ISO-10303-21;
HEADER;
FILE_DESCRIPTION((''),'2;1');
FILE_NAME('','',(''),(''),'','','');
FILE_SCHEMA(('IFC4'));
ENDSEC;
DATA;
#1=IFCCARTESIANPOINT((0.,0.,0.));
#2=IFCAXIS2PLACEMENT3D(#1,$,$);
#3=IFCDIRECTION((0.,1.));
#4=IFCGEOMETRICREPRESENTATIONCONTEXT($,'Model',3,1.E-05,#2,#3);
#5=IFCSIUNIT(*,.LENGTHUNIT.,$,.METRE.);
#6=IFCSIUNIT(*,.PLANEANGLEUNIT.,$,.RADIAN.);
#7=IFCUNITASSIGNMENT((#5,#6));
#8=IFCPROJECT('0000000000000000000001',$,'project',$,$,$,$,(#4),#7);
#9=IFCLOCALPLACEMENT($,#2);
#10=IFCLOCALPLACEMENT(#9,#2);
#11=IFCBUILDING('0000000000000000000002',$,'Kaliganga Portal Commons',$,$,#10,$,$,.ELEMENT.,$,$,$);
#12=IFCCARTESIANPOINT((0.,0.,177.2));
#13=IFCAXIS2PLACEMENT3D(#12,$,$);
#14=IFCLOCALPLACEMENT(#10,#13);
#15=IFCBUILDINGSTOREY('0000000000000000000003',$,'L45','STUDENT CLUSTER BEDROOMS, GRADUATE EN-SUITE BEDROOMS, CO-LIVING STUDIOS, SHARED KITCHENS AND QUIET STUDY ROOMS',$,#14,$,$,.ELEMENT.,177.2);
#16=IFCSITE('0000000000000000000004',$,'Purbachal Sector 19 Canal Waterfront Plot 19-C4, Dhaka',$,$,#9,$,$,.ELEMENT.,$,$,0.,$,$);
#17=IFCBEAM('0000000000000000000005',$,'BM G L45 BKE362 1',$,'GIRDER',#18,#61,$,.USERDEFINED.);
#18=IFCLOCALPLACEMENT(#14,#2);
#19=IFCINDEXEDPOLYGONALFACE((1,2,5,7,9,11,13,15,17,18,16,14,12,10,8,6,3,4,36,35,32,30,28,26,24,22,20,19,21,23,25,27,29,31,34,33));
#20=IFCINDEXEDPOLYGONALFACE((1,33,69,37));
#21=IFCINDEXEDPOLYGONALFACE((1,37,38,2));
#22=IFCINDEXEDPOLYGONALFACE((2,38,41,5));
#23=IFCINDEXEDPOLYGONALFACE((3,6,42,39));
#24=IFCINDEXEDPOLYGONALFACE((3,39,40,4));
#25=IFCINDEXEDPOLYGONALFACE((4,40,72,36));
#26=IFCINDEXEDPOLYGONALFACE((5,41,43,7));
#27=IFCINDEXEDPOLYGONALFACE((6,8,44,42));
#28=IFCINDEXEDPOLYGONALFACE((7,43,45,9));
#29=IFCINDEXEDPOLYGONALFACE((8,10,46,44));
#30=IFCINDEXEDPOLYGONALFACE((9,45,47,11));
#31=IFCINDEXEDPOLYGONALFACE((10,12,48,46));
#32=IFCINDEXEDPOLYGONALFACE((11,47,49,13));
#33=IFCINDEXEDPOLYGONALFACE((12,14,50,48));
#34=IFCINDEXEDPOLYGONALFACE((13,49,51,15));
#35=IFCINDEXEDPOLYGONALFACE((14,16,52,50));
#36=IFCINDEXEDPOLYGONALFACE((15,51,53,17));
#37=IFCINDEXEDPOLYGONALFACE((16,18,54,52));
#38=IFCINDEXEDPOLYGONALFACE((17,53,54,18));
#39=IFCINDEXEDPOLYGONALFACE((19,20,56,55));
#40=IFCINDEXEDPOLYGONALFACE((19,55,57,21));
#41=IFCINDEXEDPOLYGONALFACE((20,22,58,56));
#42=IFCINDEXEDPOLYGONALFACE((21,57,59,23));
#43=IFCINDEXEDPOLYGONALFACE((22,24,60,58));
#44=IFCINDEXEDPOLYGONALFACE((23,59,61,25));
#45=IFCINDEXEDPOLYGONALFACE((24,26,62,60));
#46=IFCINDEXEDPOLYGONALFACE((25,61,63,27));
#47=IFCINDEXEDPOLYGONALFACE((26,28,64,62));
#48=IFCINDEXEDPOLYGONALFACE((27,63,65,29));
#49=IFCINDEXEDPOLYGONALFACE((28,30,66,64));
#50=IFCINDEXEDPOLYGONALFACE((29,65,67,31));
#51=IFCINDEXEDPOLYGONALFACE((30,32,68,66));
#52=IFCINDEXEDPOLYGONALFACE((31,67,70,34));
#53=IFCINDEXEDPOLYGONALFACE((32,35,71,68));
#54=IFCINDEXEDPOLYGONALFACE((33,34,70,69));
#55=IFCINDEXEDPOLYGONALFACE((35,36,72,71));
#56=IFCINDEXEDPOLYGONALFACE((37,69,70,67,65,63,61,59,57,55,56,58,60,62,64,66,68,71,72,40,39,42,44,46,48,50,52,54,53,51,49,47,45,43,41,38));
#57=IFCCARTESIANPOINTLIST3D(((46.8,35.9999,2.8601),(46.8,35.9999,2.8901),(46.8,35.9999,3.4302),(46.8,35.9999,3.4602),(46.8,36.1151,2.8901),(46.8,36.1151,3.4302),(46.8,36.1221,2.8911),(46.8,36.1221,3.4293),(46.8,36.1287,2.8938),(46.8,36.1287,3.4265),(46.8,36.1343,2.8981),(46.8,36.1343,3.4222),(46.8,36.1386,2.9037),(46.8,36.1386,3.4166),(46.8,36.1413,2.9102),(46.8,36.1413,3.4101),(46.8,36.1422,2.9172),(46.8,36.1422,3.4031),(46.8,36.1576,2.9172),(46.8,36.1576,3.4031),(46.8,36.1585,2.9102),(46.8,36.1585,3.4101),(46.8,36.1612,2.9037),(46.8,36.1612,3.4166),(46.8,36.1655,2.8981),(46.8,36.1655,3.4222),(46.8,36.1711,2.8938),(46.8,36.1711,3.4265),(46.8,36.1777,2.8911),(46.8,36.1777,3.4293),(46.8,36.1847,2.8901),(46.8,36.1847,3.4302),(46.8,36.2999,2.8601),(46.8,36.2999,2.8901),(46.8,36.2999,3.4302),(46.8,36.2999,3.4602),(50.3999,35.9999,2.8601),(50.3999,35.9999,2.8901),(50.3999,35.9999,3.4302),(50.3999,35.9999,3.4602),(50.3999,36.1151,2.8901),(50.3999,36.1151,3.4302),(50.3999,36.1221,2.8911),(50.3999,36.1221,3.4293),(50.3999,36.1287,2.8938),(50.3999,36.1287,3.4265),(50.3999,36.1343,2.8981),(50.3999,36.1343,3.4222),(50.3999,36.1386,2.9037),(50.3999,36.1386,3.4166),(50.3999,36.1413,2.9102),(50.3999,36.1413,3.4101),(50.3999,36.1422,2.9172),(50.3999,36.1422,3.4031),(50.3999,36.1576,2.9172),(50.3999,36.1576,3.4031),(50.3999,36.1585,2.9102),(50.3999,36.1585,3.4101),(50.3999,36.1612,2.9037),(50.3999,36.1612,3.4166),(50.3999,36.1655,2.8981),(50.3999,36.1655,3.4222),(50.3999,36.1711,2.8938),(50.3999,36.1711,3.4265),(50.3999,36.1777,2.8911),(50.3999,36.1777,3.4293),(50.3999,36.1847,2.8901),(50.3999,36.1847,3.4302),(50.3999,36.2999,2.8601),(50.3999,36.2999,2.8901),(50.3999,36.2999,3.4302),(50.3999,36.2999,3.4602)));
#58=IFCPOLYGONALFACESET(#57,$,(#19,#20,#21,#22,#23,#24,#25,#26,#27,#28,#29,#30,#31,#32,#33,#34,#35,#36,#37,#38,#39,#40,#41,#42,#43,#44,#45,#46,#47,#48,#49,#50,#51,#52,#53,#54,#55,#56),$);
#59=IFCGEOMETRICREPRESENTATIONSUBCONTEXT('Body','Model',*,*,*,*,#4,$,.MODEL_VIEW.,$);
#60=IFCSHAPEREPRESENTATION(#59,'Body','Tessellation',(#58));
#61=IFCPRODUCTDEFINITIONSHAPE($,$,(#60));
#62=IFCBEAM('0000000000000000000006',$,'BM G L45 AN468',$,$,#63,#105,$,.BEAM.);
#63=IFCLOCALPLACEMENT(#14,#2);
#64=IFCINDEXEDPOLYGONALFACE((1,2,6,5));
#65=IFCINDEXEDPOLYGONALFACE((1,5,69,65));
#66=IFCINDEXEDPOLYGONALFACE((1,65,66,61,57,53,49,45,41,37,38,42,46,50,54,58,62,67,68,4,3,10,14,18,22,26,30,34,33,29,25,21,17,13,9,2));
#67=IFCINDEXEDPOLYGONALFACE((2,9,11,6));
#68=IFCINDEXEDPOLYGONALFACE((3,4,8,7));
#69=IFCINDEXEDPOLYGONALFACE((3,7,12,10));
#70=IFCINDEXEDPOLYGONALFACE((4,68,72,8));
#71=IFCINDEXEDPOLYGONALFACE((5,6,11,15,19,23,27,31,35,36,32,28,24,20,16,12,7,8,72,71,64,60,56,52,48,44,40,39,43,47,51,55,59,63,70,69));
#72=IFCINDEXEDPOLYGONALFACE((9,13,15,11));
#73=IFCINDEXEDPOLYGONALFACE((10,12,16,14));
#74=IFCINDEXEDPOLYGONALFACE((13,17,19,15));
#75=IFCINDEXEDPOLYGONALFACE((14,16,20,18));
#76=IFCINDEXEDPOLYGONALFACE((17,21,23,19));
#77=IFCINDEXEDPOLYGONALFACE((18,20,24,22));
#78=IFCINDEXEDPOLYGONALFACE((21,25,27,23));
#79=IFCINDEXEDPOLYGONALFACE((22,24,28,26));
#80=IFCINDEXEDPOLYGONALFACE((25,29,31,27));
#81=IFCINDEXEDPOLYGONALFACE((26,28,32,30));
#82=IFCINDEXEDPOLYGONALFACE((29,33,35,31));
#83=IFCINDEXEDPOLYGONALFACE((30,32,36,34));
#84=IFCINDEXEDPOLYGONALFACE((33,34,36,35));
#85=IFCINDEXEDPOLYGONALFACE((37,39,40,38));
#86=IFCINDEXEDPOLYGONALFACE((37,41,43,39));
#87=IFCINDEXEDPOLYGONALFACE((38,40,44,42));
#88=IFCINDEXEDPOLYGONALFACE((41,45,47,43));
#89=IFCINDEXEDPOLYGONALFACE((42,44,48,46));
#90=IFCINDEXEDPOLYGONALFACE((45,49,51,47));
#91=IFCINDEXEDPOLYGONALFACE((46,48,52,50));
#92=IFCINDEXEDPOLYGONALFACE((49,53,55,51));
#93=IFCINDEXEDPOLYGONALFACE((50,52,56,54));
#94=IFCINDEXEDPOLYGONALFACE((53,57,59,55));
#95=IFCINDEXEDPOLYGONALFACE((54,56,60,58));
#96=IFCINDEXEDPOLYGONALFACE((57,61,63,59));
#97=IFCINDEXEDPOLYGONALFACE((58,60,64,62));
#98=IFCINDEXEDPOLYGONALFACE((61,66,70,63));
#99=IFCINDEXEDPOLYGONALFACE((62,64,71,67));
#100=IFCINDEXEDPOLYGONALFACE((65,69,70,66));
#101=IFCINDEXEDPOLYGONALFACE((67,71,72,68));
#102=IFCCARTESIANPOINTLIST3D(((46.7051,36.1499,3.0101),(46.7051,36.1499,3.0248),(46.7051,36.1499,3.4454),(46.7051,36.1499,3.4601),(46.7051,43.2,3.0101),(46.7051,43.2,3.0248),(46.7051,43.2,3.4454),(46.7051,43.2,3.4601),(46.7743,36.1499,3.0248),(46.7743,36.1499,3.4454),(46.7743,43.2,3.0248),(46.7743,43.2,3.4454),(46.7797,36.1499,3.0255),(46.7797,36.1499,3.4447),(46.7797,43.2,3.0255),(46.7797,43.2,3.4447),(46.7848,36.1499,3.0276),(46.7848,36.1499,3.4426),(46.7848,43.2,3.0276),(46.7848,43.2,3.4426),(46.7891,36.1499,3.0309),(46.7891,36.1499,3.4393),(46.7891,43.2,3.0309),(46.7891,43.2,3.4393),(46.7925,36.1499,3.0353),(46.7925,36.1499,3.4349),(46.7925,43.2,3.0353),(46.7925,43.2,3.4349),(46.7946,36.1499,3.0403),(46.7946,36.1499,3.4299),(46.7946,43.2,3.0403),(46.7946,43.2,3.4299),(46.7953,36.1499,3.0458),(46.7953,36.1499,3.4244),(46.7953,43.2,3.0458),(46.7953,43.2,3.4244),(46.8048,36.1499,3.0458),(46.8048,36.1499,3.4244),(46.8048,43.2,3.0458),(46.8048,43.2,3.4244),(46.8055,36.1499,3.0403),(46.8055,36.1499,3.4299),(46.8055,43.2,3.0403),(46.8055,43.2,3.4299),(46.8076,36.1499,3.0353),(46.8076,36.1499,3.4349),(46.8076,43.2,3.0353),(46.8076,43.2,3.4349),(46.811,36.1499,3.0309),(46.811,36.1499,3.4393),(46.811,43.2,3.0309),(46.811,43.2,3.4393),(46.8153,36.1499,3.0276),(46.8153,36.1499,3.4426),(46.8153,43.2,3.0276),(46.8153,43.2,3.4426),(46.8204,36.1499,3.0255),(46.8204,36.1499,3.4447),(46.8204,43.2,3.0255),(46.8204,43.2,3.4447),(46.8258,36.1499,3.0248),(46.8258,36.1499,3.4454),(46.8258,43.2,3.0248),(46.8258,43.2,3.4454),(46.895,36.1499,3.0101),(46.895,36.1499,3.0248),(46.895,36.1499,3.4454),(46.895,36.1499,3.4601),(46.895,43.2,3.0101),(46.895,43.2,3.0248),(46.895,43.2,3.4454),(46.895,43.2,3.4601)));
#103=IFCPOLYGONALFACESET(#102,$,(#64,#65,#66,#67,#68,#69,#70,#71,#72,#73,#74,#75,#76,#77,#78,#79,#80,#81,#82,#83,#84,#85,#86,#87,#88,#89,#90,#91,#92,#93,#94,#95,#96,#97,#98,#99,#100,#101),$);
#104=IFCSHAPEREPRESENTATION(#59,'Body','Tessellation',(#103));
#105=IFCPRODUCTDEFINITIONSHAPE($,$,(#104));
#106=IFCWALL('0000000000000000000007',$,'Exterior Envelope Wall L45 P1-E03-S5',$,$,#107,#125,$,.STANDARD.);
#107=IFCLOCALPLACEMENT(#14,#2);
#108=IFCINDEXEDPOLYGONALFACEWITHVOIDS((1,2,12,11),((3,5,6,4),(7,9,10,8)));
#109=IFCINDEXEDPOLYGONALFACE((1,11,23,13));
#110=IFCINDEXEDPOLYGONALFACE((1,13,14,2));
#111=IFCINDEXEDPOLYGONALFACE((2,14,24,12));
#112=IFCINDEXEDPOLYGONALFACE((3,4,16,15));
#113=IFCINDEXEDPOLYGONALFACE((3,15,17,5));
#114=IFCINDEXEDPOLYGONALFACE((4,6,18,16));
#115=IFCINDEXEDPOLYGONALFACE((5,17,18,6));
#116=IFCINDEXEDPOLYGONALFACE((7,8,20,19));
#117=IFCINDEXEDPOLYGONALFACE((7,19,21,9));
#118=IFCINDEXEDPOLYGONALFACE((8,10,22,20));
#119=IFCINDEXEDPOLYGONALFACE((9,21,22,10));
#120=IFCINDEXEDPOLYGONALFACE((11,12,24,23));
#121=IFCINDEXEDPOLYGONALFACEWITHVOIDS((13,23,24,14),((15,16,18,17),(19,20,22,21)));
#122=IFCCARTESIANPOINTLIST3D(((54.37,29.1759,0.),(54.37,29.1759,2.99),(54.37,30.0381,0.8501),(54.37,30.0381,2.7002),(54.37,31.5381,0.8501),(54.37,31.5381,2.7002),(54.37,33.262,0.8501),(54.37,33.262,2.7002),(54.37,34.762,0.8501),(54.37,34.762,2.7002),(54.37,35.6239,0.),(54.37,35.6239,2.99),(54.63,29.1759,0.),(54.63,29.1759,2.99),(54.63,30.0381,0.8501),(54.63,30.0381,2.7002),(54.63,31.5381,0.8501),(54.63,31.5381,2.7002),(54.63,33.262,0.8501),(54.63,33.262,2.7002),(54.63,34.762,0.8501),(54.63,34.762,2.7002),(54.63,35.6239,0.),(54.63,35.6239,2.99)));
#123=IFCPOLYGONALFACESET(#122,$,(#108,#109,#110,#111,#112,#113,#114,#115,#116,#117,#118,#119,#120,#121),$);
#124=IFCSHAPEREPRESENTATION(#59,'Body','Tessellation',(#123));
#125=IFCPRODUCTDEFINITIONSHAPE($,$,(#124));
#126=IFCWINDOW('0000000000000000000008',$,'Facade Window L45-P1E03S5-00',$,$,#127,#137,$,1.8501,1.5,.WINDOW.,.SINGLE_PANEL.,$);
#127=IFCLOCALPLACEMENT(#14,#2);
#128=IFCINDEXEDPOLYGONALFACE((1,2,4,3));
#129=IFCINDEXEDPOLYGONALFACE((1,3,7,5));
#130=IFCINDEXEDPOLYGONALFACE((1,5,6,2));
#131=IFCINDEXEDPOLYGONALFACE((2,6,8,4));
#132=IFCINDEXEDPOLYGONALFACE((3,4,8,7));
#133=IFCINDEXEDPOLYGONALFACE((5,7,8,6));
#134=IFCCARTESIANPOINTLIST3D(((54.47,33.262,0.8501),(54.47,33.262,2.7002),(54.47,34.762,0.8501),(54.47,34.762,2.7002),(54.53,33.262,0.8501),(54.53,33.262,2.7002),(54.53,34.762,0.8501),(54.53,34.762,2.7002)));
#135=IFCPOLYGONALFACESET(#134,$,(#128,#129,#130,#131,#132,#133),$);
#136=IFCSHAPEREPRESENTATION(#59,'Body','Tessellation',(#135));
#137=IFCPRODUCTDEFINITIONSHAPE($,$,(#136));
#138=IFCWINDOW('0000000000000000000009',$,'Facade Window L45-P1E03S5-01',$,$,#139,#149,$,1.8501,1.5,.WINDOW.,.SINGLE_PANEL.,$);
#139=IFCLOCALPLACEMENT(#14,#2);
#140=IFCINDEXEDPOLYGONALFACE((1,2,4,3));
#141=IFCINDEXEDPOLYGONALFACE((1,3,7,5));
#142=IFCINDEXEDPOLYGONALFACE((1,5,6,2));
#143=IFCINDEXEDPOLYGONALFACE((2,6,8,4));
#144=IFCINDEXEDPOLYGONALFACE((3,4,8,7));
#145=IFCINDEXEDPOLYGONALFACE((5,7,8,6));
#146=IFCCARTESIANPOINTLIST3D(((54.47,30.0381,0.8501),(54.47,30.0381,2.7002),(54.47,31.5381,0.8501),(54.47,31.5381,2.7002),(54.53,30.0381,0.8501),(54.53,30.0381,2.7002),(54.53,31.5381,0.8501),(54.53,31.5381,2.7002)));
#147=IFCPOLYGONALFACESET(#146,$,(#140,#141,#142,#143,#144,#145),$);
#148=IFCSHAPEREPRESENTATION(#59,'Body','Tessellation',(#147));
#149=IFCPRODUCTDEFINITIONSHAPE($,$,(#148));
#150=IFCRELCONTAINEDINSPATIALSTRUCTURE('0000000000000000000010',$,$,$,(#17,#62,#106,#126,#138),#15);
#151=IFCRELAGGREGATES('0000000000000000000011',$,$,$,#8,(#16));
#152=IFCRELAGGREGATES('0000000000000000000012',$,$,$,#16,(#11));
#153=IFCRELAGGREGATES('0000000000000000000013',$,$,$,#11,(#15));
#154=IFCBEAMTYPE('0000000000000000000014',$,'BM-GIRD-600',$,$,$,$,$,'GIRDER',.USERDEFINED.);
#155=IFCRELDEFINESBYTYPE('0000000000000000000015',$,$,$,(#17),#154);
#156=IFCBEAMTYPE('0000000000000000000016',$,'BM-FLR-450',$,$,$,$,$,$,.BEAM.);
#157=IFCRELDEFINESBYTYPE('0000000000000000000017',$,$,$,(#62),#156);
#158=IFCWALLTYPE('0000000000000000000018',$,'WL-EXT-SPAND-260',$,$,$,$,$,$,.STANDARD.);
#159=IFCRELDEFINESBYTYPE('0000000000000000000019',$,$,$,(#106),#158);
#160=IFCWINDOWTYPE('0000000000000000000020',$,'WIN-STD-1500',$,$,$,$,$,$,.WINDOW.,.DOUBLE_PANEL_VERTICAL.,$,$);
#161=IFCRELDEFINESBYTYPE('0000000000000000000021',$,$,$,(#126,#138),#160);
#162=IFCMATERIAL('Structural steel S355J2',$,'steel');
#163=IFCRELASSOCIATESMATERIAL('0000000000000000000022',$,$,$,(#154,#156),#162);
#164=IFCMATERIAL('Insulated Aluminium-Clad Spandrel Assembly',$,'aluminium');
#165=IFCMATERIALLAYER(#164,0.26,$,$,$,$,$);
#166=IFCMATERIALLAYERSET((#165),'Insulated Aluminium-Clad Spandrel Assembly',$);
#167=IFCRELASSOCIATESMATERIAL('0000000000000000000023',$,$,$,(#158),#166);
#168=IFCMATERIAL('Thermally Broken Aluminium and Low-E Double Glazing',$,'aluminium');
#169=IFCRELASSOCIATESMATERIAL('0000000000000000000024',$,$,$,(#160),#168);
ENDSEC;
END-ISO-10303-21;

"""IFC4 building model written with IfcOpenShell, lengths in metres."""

from ifc_helpers import new_model, si_unit, direction, frame, frame_2d, origin, origin_2d, place, context, subcontext, project, spatial, rectangle, i_section, extrude, source, transform, mapped, material, layer, layer_set, material_profile, profile_set, type_object, element, fill, save


model = new_model("IFC4")

# Units and contexts
model_context = context("Model", 3, precision=1e-05, world=origin(), true_north=direction((0.0, 1.0)))
body_context = subcontext(model_context, "Body", "Model", "MODEL_VIEW")
ifc_project = project(units=[si_unit("LENGTHUNIT", "METRE"), si_unit("PLANEANGLEUNIT", "RADIAN")], contexts=[model_context])

# Site, building, storey
site_placement = place(None, origin())
site = spatial("IfcSite", under=ifc_project, at=site_placement, Name="Purbachal Sector 19 Canal Waterfront Plot 19-C4, Dhaka", CompositionType="ELEMENT", RefElevation=0.0)
building_placement = place(site_placement, origin())
building = spatial("IfcBuilding", under=site, at=building_placement, Name="Kaliganga Portal Commons", CompositionType="ELEMENT")
storey_placement = place(building_placement, frame((0.0, 0.0, 177.2)))
storey = spatial("IfcBuildingStorey", under=building, at=storey_placement, Name="L45", Description="STUDENT CLUSTER BEDROOMS, GRADUATE EN-SUITE BEDROOMS, CO-LIVING STUDIOS, SHARED KITCHENS AND QUIET STUDY ROOMS", CompositionType="ELEMENT", Elevation=177.2)

# Beams
ifc_material_1 = material(Name="Structural steel S355J2", Category="steel")
ifc_material_profile_1 = material_profile(ifc_material_1, i_section(OverallWidth=0.3, OverallDepth=0.6001, WebThickness=0.0154, FlangeThickness=0.03, FilletRadius=0.0271, at=origin_2d()), Name="HE 600 B")
ifc_profile_set_1 = profile_set([ifc_material_profile_1], Name="Structural steel S355J2 wide-flange")
beam_type_1 = type_object("IfcBeamType", Name="BM-GIRD-600", ElementType="GIRDER", PredefinedType="USERDEFINED", material=ifc_profile_set_1)
shared_shape_1 = source(origin(), body_context, "Body", "SweptSolid", [
    extrude(i_section(OverallWidth=0.3, OverallDepth=0.6001, WebThickness=0.0154, FlangeThickness=0.03, FilletRadius=0.0271, at=origin_2d()), origin(), (0.0, 0.0, 1.0), 3.5999),
])
beam_1_placement = place(storey_placement, frame((46.8, 36.1499, 3.1602), z_axis=(1.0, 0.0, 0.0), x_axis=(0.0, 1.0, 0.0)))
element("IfcBeam", 1, at=beam_1_placement, inside=storey, type_object=beam_type_1, Name="BM G L45 BKE362 1", ObjectType="GIRDER", PredefinedType="USERDEFINED", context=body_context, shape_type="MappedRepresentation", body=[
    mapped(shared_shape_1, transform((0.0, 0.0, 0.0), x_axis=(1.0, 0.0, 0.0), y_axis=(0.0, 1.0, 0.0), z_axis=(0.0, 0.0, 1.0), scale=1.0)),
])
ifc_material_profile_2 = material_profile(ifc_material_1, i_section(OverallWidth=0.1899, OverallDepth=0.45, WebThickness=0.0095, FlangeThickness=0.0146, FilletRadius=0.021, at=origin_2d()), Name="IPE 450")
ifc_profile_set_2 = profile_set([ifc_material_profile_2], Name="Structural steel S355J2 wide-flange")
beam_type_2 = type_object("IfcBeamType", Name="BM-FLR-450", PredefinedType="BEAM", material=ifc_profile_set_2)
shared_shape_2 = source(origin(), body_context, "Body", "SweptSolid", [
    extrude(i_section(OverallWidth=0.1899, OverallDepth=0.45, WebThickness=0.0095, FlangeThickness=0.0146, FilletRadius=0.021, at=origin_2d()), origin(), (0.0, 0.0, 1.0), 7.05),
])
beam_2_placement = place(storey_placement, frame((46.8, 36.1499, 3.2351), z_axis=(0.0, 1.0, 0.0), x_axis=(-1.0, 0.0, 0.0)))
element("IfcBeam", 2, at=beam_2_placement, inside=storey, type_object=beam_type_2, Name="BM G L45 AN468", PredefinedType="BEAM", context=body_context, shape_type="MappedRepresentation", body=[
    mapped(shared_shape_2, transform((0.0, 0.0, 0.0), x_axis=(1.0, 0.0, 0.0), y_axis=(0.0, 1.0, 0.0), z_axis=(0.0, 0.0, 1.0), scale=1.0)),
])

# Wall, openings, windows
ifc_material_2 = material(Name="Insulated Aluminium-Clad Spandrel Assembly", Category="aluminium")
ifc_layer_1 = layer(ifc_material_2, 0.26)
ifc_layer_set_1 = layer_set([ifc_layer_1], Name="Insulated Aluminium-Clad Spandrel Assembly")
wall_type_1 = type_object("IfcWallType", Name="WL-EXT-SPAND-260", PredefinedType="STANDARD", material=ifc_layer_set_1)
wall_1_placement = place(storey_placement, frame((54.5, 35.624, 0.0), z_axis=(0.0, 0.0, 1.0), x_axis=(0.0, -1.0, 0.0)))
wall_1 = element("IfcWall", 3, at=wall_1_placement, inside=storey, type_object=wall_type_1, Name="Exterior Envelope Wall L45 P1-E03-S5", PredefinedType="STANDARD", context=body_context, shape_type="SweptSolid", body=[
    extrude(rectangle(XDim=6.448, YDim=0.26, at=frame_2d((3.2241, 0.0))), origin(), (0.0, 0.0, 1.0), 2.99),
])
opening_1_placement = place(wall_1_placement, frame((0.8621, 0.0, 0.8501)))
opening_1 = element("IfcOpeningElement", 4, at=opening_1_placement, cuts=wall_1, PredefinedType="OPENING", context=body_context, shape_type="SweptSolid", body=[
    extrude(rectangle(XDim=1.5, YDim=1.8501, at=frame_2d((0.75, 0.925))), frame((0.0, 0.1401, 0.0), z_axis=(0.0, -1.0, 0.0), x_axis=(1.0, 0.0, 0.0)), (0.0, 0.0, 1.0), 0.28),
])
opening_2_placement = place(wall_1_placement, frame((4.0859, 0.0, 0.8501)))
opening_2 = element("IfcOpeningElement", 5, at=opening_2_placement, cuts=wall_1, PredefinedType="OPENING", context=body_context, shape_type="SweptSolid", body=[
    extrude(rectangle(XDim=1.5, YDim=1.8501, at=frame_2d((0.75, 0.925))), frame((0.0, 0.1401, 0.0), z_axis=(0.0, -1.0, 0.0), x_axis=(1.0, 0.0, 0.0)), (0.0, 0.0, 1.0), 0.28),
])
ifc_material_3 = material(Name="Thermally Broken Aluminium and Low-E Double Glazing", Category="aluminium")
window_type = type_object("IfcWindowType", Name="WIN-STD-1500", PartitioningType="DOUBLE_PANEL_VERTICAL", PredefinedType="WINDOW", material=ifc_material_3)
window_1_placement = place(opening_1_placement, origin())
window_1 = element("IfcWindow", 6, at=window_1_placement, inside=storey, type_object=window_type, Name="Facade Window L45-P1E03S5-00", OverallHeight=1.8501, OverallWidth=1.5, PartitioningType="SINGLE_PANEL", PredefinedType="WINDOW", context=body_context, shape_type="SweptSolid", body=[
    extrude(rectangle(XDim=1.5, YDim=1.8501, at=frame_2d((0.75, 0.925))), frame((0.0, 0.03, 0.0), z_axis=(0.0, -1.0, 0.0), x_axis=(1.0, 0.0, 0.0)), (0.0, 0.0, 1.0), 0.0601),
])
fill(opening_1, window_1)
window_2_placement = place(opening_2_placement, origin())
window_2 = element("IfcWindow", 7, at=window_2_placement, inside=storey, type_object=window_type, Name="Facade Window L45-P1E03S5-01", OverallHeight=1.8501, OverallWidth=1.5, PartitioningType="SINGLE_PANEL", PredefinedType="WINDOW", context=body_context, shape_type="SweptSolid", body=[
    extrude(rectangle(XDim=1.5, YDim=1.8501, at=frame_2d((0.75, 0.925))), frame((0.0, 0.03, 0.0), z_axis=(0.0, -1.0, 0.0), x_axis=(1.0, 0.0, 0.0)), (0.0, 0.0, 1.0), 0.0601),
])
fill(opening_2, window_2)

save(model, "model.ifc")
